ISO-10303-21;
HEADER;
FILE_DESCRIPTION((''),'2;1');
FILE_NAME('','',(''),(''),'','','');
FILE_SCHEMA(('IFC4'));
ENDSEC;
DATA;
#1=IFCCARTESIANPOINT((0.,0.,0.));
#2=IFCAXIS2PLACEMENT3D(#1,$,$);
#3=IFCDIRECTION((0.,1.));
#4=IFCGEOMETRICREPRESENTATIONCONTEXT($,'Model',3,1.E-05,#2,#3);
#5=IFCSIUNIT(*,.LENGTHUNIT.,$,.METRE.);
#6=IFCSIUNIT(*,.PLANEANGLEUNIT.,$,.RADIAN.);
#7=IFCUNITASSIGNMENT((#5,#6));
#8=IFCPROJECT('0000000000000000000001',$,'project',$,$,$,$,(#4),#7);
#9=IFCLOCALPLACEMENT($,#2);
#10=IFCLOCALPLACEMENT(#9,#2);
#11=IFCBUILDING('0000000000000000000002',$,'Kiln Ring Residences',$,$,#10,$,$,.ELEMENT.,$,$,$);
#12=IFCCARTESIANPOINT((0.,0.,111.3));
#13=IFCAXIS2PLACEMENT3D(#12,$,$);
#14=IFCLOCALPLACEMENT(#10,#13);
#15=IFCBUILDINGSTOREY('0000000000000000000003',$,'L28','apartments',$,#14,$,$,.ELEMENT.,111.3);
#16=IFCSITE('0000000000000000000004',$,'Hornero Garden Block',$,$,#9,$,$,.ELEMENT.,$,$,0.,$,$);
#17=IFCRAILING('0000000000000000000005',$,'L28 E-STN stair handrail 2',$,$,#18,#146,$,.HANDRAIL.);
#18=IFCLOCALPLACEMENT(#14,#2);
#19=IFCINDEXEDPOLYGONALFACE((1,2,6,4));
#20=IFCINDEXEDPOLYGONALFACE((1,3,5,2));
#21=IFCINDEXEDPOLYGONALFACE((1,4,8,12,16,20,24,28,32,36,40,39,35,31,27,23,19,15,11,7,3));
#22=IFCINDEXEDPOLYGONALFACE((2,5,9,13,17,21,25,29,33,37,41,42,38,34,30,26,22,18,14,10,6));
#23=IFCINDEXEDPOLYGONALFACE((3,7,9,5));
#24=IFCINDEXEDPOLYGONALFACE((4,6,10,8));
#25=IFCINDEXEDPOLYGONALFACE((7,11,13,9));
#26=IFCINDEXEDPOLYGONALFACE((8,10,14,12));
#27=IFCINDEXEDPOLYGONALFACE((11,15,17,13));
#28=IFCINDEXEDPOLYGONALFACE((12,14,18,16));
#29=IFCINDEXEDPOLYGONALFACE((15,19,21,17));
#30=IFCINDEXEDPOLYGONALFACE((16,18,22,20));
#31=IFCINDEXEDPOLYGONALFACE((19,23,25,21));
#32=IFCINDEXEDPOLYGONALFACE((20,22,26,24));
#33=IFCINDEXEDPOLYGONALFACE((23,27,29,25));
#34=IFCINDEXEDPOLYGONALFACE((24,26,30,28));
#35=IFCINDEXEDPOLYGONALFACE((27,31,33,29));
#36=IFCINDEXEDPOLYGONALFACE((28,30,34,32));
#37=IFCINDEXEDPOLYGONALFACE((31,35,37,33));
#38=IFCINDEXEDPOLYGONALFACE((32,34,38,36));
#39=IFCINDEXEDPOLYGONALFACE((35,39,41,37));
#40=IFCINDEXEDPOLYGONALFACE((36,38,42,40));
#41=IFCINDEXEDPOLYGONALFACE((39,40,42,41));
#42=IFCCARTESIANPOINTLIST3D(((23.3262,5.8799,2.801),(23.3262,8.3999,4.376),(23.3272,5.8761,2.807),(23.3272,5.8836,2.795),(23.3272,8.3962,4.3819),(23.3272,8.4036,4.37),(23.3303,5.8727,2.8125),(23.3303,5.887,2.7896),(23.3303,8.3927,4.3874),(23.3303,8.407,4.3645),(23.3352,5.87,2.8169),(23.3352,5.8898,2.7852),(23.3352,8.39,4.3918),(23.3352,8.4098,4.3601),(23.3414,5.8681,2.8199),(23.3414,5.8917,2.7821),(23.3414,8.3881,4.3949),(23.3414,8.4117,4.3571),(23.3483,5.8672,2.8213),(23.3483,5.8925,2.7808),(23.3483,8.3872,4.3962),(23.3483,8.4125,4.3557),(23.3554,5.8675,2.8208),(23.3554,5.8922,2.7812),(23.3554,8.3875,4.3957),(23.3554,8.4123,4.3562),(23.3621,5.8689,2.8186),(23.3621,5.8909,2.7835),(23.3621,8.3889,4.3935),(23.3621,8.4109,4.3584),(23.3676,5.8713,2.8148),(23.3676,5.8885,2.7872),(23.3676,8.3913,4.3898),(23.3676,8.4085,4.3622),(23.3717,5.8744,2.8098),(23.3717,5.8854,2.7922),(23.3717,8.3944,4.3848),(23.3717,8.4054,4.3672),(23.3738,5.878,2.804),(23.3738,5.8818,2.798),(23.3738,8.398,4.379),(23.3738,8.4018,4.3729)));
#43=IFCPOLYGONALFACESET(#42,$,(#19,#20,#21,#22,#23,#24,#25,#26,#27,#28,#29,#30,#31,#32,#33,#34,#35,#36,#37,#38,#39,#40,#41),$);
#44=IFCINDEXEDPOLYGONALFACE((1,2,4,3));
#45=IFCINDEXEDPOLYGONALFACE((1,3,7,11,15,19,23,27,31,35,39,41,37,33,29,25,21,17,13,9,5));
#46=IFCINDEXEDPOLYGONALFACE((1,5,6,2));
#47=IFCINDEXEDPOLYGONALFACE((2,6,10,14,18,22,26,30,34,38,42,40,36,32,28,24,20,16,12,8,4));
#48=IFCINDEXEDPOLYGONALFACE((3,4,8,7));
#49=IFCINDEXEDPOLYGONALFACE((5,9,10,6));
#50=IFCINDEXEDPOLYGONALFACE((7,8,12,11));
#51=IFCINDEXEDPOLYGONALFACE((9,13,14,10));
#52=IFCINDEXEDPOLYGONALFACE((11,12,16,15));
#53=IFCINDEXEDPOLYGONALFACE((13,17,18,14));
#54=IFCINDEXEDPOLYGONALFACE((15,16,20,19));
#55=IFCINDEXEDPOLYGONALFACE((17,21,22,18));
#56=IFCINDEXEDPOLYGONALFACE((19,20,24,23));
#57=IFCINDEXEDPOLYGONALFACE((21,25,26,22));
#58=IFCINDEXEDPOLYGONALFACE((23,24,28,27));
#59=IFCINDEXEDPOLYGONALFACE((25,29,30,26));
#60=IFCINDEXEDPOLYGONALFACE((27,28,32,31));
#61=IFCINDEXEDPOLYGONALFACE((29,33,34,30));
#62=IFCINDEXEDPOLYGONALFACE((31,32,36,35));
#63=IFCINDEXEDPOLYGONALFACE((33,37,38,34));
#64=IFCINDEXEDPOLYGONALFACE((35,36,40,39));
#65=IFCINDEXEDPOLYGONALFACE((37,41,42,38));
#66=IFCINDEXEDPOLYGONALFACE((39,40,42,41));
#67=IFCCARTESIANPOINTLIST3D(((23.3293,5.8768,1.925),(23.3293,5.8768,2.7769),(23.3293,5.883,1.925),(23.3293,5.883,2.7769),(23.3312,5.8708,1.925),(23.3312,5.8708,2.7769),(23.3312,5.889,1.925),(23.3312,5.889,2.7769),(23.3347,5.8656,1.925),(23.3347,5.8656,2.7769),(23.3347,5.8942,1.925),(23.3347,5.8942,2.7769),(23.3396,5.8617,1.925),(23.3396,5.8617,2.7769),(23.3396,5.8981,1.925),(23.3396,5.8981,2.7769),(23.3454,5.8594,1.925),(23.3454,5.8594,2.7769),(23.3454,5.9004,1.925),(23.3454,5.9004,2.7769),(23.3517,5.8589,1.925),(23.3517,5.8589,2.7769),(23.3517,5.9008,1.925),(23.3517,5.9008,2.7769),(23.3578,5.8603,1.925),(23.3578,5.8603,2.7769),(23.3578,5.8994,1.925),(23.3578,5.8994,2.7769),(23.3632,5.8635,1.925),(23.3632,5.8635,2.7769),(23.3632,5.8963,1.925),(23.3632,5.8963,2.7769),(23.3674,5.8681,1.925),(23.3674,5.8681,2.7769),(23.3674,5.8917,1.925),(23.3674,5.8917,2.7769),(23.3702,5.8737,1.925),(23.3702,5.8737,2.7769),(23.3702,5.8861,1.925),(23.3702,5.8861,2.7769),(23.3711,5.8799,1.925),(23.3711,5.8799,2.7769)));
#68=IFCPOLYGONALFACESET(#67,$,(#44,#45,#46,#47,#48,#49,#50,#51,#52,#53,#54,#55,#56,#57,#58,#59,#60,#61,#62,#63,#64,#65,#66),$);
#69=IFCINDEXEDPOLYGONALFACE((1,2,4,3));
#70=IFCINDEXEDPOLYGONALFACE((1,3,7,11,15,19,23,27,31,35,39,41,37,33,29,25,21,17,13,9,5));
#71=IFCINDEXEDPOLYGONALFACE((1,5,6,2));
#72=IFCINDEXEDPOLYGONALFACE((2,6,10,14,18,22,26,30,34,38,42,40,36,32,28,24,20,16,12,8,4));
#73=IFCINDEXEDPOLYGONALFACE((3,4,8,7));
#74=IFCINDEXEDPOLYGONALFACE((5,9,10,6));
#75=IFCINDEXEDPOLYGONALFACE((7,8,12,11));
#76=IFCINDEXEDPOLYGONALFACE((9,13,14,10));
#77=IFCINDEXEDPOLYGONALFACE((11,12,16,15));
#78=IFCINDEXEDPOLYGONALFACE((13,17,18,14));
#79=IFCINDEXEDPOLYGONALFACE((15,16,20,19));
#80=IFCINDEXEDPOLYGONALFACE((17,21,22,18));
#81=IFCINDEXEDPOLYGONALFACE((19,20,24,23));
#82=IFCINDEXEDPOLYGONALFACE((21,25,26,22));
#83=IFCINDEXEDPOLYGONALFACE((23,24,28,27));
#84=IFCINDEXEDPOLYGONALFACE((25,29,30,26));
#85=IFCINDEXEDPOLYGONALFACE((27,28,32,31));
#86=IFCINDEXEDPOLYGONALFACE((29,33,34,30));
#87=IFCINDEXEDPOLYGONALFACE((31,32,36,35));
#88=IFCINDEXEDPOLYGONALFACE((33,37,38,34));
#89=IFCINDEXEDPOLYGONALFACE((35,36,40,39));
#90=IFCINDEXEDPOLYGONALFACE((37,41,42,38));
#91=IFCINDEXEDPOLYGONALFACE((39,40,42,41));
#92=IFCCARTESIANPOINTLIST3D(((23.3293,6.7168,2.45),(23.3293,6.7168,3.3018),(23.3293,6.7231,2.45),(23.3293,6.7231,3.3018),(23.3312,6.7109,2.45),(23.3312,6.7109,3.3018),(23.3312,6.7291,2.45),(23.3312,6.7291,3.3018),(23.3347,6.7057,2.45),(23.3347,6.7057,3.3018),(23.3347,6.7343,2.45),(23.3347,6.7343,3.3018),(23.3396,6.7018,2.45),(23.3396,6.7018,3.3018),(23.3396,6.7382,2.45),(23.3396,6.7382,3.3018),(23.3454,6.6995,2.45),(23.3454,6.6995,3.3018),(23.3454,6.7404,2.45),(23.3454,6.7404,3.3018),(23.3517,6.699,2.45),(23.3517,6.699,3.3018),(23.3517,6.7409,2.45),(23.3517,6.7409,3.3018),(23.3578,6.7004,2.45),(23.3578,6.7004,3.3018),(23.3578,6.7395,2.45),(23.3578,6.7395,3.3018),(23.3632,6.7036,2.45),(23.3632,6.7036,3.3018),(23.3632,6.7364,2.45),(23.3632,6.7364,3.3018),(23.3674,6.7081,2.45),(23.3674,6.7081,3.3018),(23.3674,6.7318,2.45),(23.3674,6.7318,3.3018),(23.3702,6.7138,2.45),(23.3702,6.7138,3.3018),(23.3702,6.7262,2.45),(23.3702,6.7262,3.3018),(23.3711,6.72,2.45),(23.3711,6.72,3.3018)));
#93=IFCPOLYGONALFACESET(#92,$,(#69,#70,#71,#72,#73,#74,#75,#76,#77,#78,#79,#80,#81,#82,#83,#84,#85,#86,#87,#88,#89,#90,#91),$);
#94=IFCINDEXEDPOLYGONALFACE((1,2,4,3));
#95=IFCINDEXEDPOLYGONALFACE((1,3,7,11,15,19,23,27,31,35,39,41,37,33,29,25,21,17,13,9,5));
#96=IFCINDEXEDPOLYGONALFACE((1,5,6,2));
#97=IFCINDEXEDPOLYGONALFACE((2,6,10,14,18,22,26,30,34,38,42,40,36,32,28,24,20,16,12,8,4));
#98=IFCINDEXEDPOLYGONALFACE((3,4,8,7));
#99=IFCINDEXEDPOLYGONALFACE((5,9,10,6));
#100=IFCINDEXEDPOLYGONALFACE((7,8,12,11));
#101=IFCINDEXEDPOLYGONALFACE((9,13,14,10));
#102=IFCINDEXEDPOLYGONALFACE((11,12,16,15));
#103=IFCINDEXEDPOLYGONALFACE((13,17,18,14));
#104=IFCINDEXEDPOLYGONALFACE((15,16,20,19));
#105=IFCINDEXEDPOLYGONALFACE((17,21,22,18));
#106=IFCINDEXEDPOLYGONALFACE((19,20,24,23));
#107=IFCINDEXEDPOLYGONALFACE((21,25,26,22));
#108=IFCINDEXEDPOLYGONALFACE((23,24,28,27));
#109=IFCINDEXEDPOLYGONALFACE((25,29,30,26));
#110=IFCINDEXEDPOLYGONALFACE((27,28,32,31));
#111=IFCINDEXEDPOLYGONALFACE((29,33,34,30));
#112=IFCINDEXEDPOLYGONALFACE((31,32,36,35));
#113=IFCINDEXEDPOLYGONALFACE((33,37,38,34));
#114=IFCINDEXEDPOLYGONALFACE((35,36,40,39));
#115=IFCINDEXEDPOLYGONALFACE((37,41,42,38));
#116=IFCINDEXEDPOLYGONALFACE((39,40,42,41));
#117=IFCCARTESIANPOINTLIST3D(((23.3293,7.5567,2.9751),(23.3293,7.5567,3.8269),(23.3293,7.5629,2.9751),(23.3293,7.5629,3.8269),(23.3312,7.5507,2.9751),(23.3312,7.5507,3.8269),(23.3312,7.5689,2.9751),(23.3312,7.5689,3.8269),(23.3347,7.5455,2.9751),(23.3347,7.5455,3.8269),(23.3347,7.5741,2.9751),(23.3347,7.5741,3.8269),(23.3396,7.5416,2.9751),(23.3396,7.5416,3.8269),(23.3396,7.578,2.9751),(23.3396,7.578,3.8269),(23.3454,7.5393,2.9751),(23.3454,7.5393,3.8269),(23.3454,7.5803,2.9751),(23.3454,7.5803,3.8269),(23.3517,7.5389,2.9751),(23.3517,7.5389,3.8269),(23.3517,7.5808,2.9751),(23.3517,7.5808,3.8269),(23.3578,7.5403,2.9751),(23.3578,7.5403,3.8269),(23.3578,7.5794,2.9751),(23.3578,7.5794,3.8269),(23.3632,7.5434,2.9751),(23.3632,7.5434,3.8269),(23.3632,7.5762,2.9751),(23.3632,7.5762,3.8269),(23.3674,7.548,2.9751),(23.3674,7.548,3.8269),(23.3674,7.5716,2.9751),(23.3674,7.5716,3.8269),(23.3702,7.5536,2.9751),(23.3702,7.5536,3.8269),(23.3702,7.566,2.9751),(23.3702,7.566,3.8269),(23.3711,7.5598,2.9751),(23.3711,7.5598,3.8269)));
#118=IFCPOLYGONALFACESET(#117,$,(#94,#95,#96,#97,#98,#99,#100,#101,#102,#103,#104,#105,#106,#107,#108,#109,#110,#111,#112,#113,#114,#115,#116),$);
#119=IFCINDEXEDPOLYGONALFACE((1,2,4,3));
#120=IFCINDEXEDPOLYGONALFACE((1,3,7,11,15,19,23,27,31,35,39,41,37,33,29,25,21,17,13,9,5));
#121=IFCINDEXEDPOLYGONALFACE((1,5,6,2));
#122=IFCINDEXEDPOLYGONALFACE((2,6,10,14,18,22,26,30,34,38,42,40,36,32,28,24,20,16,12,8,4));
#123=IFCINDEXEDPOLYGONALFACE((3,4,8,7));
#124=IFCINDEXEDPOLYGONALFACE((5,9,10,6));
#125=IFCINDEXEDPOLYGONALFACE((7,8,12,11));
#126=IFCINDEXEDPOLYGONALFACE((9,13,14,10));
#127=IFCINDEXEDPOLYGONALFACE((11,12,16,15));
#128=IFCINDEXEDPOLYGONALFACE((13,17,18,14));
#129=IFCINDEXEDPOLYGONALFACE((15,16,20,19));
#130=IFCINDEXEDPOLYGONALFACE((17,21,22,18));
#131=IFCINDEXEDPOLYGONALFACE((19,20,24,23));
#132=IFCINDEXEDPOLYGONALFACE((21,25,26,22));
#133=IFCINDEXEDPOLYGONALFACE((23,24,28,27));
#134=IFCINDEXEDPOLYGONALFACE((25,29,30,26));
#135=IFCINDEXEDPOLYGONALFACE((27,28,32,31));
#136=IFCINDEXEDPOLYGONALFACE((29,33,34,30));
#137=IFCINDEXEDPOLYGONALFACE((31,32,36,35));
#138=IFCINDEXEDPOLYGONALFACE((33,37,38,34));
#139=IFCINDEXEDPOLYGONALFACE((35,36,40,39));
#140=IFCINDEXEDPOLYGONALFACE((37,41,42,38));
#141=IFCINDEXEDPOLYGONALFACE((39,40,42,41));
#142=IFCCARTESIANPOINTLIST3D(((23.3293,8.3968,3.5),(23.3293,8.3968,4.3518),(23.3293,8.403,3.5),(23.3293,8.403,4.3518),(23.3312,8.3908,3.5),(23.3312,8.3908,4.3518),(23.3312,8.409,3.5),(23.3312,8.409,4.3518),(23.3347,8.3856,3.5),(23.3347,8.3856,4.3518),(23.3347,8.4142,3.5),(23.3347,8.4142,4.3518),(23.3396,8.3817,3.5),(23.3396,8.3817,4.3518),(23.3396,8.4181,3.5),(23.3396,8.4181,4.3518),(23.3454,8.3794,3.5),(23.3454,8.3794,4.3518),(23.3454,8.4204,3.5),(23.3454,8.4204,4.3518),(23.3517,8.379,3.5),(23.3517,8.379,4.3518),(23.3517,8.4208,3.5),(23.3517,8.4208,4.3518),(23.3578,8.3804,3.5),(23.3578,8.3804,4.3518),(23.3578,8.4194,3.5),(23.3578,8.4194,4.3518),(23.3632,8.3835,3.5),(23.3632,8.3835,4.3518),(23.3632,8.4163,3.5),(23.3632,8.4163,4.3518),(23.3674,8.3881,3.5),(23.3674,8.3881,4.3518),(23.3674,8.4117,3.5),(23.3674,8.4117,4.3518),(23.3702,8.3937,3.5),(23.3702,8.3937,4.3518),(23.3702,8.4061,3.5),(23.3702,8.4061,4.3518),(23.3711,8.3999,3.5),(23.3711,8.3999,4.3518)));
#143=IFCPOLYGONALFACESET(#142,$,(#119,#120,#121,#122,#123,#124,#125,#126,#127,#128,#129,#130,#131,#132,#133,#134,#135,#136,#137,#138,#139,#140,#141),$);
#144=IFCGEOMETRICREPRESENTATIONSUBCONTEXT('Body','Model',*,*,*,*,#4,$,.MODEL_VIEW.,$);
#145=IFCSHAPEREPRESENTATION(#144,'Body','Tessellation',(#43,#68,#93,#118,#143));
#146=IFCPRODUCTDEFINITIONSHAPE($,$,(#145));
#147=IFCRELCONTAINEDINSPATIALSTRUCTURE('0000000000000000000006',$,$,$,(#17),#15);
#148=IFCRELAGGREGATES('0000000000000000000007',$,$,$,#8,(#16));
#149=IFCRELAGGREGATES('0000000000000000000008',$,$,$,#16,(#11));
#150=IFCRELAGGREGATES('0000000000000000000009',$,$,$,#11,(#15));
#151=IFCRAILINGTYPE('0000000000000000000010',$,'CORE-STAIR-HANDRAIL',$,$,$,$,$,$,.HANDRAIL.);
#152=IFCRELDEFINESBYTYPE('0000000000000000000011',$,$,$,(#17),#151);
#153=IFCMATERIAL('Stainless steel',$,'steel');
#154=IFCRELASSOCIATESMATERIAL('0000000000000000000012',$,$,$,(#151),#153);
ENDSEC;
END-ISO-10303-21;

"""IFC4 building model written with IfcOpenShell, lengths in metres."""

from ifc_helpers import new_model, si_unit, direction, frame, origin, origin_2d, place, context, subcontext, project, spatial, circle, extrude, material, type_object, element, save


model = new_model("IFC4")

# Units and contexts
model_context = context("Model", 3, precision=1e-05, world=origin(), true_north=direction((0.0, 1.0)))
body_context = subcontext(model_context, "Body", "Model", "MODEL_VIEW")
ifc_project = project(units=[si_unit("LENGTHUNIT", "METRE"), si_unit("PLANEANGLEUNIT", "RADIAN")], contexts=[model_context])

# Site, building, storey
site_placement = place(None, origin())
site = spatial("IfcSite", under=ifc_project, at=site_placement, Name="Hornero Garden Block", CompositionType="ELEMENT", RefElevation=0.0)
building_placement = place(site_placement, origin())
building = spatial("IfcBuilding", under=site, at=building_placement, Name="Kiln Ring Residences", CompositionType="ELEMENT")
storey_placement = place(building_placement, frame((0.0, 0.0, 111.3)))
storey = spatial("IfcBuildingStorey", under=building, at=storey_placement, Name="L28", Description="apartments", CompositionType="ELEMENT", Elevation=111.3)

# Railing
ifc_material_1 = material(Name="Stainless steel", Category="steel")
railing_type_1 = type_object("IfcRailingType", Name="CORE-STAIR-HANDRAIL", PredefinedType="HANDRAIL", material=ifc_material_1)
railing_1_placement = place(storey_placement, frame((23.3501, 5.8799, 1.925)))
element("IfcRailing", 1, at=railing_1_placement, inside=storey, type_object=railing_type_1, Name="L28 E-STN stair handrail 2", PredefinedType="HANDRAIL", context=body_context, shape_type="SweptSolid", body=[
    extrude(circle(Radius=0.0239, at=origin_2d()), frame((0.0, 0.0, 0.876), z_axis=(0.0, 0.848008, 0.529984), x_axis=(-1.0, 0.0, 0.0)), (0.0, 0.0, 1.0), 2.9717),
    extrude(circle(Radius=0.021, at=origin_2d()), origin(), (0.0, 0.0, 1.0), 0.8518),
    extrude(circle(Radius=0.021, at=origin_2d()), frame((0.0, 0.8401, 0.5249)), (0.0, 0.0, 1.0), 0.8518),
    extrude(circle(Radius=0.021, at=origin_2d()), frame((0.0, 1.6799, 1.05)), (0.0, 0.0, 1.0), 0.8518),
    extrude(circle(Radius=0.021, at=origin_2d()), frame((0.0, 2.52, 1.575)), (0.0, 0.0, 1.0), 0.8518),
])

save(model, "model.ifc")
